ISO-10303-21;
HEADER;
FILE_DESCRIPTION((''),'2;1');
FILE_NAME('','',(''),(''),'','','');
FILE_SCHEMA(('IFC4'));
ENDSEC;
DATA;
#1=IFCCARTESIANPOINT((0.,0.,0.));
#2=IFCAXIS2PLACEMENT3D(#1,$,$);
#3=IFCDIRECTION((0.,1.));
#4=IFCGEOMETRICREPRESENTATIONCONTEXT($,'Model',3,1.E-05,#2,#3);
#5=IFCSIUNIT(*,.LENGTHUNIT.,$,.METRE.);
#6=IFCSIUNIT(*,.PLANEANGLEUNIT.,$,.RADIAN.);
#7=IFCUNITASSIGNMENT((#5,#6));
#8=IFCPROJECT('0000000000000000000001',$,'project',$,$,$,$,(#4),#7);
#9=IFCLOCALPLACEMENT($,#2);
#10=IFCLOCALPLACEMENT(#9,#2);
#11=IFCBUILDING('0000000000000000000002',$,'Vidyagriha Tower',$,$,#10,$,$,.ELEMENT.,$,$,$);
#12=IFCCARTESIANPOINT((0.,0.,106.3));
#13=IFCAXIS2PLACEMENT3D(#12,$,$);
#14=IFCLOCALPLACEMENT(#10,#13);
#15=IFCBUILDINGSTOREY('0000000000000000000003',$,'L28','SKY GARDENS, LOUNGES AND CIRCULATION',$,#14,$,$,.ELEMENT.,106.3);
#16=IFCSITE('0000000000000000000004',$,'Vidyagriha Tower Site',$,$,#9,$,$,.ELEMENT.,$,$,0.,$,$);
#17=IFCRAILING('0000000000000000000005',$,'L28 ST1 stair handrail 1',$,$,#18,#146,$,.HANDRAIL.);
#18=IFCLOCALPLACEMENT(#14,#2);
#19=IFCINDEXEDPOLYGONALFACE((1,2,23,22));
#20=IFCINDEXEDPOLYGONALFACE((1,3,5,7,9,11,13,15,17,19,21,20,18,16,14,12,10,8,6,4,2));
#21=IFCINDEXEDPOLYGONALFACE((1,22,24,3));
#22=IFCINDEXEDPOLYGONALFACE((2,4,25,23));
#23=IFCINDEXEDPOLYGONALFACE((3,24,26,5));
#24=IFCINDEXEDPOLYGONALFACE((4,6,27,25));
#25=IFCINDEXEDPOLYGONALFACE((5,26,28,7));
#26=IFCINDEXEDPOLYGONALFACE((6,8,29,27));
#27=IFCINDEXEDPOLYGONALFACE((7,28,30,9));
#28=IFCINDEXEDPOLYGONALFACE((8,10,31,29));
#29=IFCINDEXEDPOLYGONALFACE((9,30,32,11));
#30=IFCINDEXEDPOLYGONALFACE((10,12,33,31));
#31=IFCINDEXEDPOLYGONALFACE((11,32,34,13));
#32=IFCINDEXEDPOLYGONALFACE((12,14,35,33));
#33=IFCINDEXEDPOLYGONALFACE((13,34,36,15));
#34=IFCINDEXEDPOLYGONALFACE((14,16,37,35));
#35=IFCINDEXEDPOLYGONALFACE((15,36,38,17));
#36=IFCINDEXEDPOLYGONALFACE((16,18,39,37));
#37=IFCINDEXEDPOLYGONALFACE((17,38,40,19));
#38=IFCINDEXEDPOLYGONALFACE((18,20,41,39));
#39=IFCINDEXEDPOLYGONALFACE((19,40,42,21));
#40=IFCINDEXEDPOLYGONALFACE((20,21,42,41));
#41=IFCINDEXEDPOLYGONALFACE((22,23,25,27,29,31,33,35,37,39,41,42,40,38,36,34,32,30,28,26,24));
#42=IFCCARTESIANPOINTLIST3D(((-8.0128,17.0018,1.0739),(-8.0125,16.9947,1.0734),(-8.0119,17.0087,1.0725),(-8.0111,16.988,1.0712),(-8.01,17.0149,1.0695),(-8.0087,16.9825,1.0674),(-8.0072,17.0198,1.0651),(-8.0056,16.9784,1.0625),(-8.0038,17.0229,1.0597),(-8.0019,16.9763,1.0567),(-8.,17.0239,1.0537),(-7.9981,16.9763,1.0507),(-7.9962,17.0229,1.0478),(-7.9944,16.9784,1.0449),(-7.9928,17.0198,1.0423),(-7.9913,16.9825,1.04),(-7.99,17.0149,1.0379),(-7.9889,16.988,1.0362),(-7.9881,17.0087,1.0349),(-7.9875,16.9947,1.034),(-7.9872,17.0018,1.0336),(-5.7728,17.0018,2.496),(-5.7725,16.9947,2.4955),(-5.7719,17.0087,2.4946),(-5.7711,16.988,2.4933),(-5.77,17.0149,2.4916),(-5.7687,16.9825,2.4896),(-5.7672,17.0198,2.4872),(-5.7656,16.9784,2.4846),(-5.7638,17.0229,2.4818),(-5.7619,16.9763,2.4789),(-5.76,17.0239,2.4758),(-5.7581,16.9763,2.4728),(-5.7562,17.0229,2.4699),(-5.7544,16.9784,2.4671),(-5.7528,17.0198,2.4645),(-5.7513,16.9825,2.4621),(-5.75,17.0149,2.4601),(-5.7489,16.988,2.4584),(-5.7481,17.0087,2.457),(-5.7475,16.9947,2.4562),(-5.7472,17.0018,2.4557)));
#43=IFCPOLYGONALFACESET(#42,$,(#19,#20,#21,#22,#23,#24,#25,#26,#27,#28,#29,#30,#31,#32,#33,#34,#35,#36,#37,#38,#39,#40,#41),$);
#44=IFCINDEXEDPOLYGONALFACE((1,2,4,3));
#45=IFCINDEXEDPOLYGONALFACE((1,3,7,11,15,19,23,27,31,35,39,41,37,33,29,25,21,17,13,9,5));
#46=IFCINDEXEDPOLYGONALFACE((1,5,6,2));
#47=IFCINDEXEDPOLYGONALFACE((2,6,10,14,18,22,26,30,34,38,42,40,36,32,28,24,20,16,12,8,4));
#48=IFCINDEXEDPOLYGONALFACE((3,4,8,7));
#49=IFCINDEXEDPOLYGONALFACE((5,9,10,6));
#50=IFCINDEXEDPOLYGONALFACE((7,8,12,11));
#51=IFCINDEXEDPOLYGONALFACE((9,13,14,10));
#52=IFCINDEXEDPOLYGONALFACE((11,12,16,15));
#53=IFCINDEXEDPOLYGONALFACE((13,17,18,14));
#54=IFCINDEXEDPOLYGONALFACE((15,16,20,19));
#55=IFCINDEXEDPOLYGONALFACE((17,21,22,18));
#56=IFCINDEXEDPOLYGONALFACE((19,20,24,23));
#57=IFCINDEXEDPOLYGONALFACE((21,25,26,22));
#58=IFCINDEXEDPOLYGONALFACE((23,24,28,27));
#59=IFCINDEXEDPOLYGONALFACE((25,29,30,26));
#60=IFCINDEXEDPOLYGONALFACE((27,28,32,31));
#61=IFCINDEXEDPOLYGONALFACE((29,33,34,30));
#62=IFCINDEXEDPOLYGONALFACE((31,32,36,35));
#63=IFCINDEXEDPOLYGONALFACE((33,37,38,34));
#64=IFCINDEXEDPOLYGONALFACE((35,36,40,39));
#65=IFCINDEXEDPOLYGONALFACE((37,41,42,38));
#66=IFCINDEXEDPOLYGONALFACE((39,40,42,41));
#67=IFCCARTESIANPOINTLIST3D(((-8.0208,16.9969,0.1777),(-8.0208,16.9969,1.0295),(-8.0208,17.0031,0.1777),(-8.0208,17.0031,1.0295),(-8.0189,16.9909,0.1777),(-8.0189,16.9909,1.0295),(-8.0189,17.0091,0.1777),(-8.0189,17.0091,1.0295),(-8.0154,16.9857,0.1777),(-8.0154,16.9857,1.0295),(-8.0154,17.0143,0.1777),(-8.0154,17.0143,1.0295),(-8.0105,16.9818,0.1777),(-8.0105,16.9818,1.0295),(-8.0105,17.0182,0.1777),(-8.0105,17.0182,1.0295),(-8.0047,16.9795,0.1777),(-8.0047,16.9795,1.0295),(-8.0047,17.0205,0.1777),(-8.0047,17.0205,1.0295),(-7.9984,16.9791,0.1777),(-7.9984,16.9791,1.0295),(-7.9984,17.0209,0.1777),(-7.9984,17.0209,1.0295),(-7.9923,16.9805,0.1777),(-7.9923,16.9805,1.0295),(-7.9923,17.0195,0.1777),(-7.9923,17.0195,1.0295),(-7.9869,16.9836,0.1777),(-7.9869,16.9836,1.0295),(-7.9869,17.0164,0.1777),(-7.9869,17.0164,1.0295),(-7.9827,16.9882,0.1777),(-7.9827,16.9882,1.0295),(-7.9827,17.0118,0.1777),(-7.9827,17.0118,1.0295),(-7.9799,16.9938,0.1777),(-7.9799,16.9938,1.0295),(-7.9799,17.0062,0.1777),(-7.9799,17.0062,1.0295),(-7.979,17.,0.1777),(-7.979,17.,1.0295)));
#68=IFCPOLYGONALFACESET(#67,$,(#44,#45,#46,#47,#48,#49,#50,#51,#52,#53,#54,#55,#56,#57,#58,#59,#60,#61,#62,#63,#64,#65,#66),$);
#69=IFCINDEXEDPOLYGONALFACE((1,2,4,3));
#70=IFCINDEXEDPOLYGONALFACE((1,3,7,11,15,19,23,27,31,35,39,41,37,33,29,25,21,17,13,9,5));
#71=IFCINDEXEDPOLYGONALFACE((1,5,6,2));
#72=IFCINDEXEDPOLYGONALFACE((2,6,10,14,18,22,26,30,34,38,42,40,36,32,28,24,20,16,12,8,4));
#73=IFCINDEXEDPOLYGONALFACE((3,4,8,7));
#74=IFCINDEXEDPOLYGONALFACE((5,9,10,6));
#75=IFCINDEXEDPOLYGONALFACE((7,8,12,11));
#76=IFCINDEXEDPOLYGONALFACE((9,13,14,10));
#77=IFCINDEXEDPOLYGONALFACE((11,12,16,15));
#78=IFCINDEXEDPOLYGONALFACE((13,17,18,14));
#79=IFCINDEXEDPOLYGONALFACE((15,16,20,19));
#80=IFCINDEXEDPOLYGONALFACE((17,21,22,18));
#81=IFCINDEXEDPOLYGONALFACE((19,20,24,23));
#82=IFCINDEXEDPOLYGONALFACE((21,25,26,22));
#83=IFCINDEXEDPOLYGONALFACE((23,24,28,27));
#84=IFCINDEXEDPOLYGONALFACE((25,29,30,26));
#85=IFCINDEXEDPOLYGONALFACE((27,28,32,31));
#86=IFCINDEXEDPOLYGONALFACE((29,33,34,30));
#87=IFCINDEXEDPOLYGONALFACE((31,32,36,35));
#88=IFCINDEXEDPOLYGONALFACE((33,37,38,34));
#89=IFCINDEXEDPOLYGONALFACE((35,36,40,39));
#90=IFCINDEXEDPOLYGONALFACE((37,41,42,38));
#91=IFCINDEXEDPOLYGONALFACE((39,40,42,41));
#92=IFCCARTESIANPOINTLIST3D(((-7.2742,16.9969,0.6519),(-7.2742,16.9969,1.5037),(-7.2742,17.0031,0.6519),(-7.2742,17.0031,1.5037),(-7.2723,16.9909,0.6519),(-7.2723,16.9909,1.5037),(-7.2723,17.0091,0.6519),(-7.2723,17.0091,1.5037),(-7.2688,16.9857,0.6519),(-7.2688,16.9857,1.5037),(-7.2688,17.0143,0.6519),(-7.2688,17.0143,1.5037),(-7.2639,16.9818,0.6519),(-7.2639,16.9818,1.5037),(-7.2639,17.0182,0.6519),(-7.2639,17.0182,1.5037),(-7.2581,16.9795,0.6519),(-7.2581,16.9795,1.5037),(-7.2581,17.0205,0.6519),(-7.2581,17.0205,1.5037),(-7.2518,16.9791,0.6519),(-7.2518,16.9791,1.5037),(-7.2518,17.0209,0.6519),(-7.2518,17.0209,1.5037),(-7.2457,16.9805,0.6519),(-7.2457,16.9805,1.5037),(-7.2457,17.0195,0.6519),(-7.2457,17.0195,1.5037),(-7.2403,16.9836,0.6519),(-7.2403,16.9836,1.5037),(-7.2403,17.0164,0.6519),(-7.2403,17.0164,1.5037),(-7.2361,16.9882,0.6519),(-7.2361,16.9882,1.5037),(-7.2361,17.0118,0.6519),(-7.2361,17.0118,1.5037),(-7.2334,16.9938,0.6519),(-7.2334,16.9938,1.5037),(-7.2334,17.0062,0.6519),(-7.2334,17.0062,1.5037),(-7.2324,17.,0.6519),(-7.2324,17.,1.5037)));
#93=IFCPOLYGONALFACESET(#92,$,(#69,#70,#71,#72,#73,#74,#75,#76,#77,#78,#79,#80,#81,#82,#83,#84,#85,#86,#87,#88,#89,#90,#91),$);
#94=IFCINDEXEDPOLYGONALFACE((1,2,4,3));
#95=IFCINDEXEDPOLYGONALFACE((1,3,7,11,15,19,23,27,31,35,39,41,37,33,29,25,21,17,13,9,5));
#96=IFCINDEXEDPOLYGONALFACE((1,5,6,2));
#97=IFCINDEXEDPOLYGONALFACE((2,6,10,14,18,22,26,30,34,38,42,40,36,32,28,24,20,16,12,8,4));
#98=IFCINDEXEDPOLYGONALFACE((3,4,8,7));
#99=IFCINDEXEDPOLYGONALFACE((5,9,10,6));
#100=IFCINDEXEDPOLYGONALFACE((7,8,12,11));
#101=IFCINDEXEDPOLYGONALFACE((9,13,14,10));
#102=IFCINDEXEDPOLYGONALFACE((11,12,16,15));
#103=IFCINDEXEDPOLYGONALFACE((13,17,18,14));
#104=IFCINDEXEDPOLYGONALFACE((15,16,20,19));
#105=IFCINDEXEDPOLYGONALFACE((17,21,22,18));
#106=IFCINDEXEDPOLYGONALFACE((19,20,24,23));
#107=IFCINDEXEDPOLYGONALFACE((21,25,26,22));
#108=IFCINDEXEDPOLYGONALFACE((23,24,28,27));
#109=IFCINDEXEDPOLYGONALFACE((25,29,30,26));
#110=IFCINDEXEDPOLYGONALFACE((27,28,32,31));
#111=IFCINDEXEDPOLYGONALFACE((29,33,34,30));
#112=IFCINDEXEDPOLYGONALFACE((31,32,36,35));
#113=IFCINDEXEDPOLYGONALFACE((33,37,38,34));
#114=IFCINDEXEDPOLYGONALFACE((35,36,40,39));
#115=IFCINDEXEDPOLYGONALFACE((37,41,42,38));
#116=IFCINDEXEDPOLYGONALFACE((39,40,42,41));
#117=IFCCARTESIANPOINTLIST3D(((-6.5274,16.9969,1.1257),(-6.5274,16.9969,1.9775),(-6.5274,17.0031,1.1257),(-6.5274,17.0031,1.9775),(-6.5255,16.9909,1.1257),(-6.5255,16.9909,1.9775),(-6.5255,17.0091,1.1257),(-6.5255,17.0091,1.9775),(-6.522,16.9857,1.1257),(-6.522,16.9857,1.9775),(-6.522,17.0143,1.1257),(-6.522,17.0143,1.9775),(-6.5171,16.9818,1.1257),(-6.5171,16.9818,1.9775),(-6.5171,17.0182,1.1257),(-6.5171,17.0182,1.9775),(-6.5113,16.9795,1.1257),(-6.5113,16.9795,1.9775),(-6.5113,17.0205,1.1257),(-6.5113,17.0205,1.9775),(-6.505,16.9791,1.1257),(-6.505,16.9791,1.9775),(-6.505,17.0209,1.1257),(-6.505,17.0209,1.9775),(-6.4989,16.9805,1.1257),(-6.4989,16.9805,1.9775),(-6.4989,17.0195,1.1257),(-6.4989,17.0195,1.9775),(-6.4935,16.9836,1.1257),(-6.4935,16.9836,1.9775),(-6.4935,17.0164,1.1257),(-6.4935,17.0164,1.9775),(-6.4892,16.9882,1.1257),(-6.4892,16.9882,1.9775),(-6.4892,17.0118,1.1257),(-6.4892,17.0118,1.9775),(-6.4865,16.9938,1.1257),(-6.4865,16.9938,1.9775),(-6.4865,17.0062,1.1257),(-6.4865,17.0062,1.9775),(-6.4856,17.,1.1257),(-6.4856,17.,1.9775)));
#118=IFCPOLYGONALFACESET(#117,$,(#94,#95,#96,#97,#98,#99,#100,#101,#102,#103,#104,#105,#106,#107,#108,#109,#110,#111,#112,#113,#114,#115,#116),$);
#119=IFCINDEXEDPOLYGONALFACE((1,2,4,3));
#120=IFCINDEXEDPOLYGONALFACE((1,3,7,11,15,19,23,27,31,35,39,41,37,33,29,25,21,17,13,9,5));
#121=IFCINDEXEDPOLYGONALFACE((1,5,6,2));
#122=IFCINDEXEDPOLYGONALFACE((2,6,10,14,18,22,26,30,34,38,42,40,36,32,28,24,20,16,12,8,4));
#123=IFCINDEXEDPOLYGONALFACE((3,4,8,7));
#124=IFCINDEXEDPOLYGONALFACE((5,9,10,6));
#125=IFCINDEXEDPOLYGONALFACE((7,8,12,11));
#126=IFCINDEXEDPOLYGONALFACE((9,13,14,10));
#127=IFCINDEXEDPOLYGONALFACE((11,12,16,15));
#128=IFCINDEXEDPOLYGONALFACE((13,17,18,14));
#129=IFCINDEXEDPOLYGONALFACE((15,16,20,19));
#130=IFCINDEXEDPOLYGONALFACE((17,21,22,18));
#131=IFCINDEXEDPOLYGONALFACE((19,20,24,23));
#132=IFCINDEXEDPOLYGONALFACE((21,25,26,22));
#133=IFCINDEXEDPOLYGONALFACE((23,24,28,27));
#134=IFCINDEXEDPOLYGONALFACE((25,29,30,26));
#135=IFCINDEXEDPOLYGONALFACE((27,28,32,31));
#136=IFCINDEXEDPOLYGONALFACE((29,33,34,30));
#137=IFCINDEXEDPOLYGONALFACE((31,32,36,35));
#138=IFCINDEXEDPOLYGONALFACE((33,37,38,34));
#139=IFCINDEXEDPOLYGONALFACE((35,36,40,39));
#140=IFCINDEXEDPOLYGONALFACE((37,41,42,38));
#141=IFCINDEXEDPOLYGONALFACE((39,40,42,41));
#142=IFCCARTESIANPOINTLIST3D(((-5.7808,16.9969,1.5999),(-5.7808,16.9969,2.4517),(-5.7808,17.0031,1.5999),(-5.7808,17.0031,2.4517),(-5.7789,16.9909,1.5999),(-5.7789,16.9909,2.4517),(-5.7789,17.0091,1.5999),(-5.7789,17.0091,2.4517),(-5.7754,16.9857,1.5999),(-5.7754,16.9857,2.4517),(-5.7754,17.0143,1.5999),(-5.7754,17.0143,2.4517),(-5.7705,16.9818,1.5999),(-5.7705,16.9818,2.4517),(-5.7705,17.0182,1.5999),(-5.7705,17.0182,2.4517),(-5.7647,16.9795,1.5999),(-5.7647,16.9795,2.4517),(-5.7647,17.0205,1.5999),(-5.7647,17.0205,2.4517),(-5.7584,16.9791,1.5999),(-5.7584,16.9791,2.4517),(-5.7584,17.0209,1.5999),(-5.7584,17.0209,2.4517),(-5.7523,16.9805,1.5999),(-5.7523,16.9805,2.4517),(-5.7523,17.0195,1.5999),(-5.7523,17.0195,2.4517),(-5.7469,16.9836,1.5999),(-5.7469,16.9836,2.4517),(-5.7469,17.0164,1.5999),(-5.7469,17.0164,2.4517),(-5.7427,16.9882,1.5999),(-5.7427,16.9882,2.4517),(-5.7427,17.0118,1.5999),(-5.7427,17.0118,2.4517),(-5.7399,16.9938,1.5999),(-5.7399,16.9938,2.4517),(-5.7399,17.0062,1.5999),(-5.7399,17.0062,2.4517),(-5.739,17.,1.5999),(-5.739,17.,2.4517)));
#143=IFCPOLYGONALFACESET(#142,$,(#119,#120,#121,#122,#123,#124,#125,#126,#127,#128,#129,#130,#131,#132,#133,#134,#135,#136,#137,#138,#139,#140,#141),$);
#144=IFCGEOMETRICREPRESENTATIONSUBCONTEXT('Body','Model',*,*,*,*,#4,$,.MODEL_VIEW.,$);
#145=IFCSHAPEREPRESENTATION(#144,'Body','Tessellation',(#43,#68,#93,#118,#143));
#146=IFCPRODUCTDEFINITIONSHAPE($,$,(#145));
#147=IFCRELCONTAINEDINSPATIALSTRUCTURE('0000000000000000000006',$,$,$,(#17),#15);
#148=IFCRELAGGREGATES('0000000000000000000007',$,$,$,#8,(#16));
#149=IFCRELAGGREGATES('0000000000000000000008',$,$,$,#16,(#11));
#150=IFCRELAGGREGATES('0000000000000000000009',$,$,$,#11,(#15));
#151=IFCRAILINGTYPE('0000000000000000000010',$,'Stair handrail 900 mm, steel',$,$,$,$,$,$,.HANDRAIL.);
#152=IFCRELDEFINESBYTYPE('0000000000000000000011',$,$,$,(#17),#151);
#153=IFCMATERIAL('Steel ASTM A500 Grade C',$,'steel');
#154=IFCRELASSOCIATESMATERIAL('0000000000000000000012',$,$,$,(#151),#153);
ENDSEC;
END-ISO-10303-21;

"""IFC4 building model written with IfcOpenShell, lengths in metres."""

from ifc_helpers import new_model, si_unit, direction, frame, origin, origin_2d, place, context, subcontext, project, spatial, circle, extrude, material, type_object, element, save


model = new_model("IFC4")

# Units and contexts
model_context = context("Model", 3, precision=1e-05, world=origin(), true_north=direction((0.0, 1.0)))
body_context = subcontext(model_context, "Body", "Model", "MODEL_VIEW")
ifc_project = project(units=[si_unit("LENGTHUNIT", "METRE"), si_unit("PLANEANGLEUNIT", "RADIAN")], contexts=[model_context])

# Site, building, storey
site_placement = place(None, origin())
site = spatial("IfcSite", under=ifc_project, at=site_placement, Name="Vidyagriha Tower Site", CompositionType="ELEMENT", RefElevation=0.0)
building_placement = place(site_placement, origin())
building = spatial("IfcBuilding", under=site, at=building_placement, Name="Vidyagriha Tower", CompositionType="ELEMENT")
storey_placement = place(building_placement, frame((0.0, 0.0, 106.3)))
storey = spatial("IfcBuildingStorey", under=building, at=storey_placement, Name="L28", Description="SKY GARDENS, LOUNGES AND CIRCULATION", CompositionType="ELEMENT", Elevation=106.3)

# Railing
ifc_material_1 = material(Name="Steel ASTM A500 Grade C", Category="steel")
railing_type_1 = type_object("IfcRailingType", Name="Stair handrail 900 mm, steel", PredefinedType="HANDRAIL", material=ifc_material_1)
railing_1_placement = place(storey_placement, frame((-8.0, 17.0, 0.1777)))
element("IfcRailing", 1, at=railing_1_placement, inside=storey, type_object=railing_type_1, Name="L28 ST1 stair handrail 1", PredefinedType="HANDRAIL", context=body_context, shape_type="SweptSolid", body=[
    extrude(circle(Radius=0.0239, at=origin_2d()), frame((0.0, 0.0, 0.876), z_axis=(0.844229, 0.0, 0.535982), x_axis=(0.0, 1.0, 0.0)), (0.0, 0.0, 1.0), 2.6533),
    extrude(circle(Radius=0.021, at=origin_2d()), origin(), (0.0, 0.0, 1.0), 0.8518),
    extrude(circle(Radius=0.021, at=origin_2d()), frame((0.7466, 0.0, 0.4741)), (0.0, 0.0, 1.0), 0.8518),
    extrude(circle(Radius=0.021, at=origin_2d()), frame((1.4934, 0.0, 0.948)), (0.0, 0.0, 1.0), 0.8518),
    extrude(circle(Radius=0.021, at=origin_2d()), frame((2.24, 0.0, 1.4221)), (0.0, 0.0, 1.0), 0.8518),
])

save(model, "model.ifc")
